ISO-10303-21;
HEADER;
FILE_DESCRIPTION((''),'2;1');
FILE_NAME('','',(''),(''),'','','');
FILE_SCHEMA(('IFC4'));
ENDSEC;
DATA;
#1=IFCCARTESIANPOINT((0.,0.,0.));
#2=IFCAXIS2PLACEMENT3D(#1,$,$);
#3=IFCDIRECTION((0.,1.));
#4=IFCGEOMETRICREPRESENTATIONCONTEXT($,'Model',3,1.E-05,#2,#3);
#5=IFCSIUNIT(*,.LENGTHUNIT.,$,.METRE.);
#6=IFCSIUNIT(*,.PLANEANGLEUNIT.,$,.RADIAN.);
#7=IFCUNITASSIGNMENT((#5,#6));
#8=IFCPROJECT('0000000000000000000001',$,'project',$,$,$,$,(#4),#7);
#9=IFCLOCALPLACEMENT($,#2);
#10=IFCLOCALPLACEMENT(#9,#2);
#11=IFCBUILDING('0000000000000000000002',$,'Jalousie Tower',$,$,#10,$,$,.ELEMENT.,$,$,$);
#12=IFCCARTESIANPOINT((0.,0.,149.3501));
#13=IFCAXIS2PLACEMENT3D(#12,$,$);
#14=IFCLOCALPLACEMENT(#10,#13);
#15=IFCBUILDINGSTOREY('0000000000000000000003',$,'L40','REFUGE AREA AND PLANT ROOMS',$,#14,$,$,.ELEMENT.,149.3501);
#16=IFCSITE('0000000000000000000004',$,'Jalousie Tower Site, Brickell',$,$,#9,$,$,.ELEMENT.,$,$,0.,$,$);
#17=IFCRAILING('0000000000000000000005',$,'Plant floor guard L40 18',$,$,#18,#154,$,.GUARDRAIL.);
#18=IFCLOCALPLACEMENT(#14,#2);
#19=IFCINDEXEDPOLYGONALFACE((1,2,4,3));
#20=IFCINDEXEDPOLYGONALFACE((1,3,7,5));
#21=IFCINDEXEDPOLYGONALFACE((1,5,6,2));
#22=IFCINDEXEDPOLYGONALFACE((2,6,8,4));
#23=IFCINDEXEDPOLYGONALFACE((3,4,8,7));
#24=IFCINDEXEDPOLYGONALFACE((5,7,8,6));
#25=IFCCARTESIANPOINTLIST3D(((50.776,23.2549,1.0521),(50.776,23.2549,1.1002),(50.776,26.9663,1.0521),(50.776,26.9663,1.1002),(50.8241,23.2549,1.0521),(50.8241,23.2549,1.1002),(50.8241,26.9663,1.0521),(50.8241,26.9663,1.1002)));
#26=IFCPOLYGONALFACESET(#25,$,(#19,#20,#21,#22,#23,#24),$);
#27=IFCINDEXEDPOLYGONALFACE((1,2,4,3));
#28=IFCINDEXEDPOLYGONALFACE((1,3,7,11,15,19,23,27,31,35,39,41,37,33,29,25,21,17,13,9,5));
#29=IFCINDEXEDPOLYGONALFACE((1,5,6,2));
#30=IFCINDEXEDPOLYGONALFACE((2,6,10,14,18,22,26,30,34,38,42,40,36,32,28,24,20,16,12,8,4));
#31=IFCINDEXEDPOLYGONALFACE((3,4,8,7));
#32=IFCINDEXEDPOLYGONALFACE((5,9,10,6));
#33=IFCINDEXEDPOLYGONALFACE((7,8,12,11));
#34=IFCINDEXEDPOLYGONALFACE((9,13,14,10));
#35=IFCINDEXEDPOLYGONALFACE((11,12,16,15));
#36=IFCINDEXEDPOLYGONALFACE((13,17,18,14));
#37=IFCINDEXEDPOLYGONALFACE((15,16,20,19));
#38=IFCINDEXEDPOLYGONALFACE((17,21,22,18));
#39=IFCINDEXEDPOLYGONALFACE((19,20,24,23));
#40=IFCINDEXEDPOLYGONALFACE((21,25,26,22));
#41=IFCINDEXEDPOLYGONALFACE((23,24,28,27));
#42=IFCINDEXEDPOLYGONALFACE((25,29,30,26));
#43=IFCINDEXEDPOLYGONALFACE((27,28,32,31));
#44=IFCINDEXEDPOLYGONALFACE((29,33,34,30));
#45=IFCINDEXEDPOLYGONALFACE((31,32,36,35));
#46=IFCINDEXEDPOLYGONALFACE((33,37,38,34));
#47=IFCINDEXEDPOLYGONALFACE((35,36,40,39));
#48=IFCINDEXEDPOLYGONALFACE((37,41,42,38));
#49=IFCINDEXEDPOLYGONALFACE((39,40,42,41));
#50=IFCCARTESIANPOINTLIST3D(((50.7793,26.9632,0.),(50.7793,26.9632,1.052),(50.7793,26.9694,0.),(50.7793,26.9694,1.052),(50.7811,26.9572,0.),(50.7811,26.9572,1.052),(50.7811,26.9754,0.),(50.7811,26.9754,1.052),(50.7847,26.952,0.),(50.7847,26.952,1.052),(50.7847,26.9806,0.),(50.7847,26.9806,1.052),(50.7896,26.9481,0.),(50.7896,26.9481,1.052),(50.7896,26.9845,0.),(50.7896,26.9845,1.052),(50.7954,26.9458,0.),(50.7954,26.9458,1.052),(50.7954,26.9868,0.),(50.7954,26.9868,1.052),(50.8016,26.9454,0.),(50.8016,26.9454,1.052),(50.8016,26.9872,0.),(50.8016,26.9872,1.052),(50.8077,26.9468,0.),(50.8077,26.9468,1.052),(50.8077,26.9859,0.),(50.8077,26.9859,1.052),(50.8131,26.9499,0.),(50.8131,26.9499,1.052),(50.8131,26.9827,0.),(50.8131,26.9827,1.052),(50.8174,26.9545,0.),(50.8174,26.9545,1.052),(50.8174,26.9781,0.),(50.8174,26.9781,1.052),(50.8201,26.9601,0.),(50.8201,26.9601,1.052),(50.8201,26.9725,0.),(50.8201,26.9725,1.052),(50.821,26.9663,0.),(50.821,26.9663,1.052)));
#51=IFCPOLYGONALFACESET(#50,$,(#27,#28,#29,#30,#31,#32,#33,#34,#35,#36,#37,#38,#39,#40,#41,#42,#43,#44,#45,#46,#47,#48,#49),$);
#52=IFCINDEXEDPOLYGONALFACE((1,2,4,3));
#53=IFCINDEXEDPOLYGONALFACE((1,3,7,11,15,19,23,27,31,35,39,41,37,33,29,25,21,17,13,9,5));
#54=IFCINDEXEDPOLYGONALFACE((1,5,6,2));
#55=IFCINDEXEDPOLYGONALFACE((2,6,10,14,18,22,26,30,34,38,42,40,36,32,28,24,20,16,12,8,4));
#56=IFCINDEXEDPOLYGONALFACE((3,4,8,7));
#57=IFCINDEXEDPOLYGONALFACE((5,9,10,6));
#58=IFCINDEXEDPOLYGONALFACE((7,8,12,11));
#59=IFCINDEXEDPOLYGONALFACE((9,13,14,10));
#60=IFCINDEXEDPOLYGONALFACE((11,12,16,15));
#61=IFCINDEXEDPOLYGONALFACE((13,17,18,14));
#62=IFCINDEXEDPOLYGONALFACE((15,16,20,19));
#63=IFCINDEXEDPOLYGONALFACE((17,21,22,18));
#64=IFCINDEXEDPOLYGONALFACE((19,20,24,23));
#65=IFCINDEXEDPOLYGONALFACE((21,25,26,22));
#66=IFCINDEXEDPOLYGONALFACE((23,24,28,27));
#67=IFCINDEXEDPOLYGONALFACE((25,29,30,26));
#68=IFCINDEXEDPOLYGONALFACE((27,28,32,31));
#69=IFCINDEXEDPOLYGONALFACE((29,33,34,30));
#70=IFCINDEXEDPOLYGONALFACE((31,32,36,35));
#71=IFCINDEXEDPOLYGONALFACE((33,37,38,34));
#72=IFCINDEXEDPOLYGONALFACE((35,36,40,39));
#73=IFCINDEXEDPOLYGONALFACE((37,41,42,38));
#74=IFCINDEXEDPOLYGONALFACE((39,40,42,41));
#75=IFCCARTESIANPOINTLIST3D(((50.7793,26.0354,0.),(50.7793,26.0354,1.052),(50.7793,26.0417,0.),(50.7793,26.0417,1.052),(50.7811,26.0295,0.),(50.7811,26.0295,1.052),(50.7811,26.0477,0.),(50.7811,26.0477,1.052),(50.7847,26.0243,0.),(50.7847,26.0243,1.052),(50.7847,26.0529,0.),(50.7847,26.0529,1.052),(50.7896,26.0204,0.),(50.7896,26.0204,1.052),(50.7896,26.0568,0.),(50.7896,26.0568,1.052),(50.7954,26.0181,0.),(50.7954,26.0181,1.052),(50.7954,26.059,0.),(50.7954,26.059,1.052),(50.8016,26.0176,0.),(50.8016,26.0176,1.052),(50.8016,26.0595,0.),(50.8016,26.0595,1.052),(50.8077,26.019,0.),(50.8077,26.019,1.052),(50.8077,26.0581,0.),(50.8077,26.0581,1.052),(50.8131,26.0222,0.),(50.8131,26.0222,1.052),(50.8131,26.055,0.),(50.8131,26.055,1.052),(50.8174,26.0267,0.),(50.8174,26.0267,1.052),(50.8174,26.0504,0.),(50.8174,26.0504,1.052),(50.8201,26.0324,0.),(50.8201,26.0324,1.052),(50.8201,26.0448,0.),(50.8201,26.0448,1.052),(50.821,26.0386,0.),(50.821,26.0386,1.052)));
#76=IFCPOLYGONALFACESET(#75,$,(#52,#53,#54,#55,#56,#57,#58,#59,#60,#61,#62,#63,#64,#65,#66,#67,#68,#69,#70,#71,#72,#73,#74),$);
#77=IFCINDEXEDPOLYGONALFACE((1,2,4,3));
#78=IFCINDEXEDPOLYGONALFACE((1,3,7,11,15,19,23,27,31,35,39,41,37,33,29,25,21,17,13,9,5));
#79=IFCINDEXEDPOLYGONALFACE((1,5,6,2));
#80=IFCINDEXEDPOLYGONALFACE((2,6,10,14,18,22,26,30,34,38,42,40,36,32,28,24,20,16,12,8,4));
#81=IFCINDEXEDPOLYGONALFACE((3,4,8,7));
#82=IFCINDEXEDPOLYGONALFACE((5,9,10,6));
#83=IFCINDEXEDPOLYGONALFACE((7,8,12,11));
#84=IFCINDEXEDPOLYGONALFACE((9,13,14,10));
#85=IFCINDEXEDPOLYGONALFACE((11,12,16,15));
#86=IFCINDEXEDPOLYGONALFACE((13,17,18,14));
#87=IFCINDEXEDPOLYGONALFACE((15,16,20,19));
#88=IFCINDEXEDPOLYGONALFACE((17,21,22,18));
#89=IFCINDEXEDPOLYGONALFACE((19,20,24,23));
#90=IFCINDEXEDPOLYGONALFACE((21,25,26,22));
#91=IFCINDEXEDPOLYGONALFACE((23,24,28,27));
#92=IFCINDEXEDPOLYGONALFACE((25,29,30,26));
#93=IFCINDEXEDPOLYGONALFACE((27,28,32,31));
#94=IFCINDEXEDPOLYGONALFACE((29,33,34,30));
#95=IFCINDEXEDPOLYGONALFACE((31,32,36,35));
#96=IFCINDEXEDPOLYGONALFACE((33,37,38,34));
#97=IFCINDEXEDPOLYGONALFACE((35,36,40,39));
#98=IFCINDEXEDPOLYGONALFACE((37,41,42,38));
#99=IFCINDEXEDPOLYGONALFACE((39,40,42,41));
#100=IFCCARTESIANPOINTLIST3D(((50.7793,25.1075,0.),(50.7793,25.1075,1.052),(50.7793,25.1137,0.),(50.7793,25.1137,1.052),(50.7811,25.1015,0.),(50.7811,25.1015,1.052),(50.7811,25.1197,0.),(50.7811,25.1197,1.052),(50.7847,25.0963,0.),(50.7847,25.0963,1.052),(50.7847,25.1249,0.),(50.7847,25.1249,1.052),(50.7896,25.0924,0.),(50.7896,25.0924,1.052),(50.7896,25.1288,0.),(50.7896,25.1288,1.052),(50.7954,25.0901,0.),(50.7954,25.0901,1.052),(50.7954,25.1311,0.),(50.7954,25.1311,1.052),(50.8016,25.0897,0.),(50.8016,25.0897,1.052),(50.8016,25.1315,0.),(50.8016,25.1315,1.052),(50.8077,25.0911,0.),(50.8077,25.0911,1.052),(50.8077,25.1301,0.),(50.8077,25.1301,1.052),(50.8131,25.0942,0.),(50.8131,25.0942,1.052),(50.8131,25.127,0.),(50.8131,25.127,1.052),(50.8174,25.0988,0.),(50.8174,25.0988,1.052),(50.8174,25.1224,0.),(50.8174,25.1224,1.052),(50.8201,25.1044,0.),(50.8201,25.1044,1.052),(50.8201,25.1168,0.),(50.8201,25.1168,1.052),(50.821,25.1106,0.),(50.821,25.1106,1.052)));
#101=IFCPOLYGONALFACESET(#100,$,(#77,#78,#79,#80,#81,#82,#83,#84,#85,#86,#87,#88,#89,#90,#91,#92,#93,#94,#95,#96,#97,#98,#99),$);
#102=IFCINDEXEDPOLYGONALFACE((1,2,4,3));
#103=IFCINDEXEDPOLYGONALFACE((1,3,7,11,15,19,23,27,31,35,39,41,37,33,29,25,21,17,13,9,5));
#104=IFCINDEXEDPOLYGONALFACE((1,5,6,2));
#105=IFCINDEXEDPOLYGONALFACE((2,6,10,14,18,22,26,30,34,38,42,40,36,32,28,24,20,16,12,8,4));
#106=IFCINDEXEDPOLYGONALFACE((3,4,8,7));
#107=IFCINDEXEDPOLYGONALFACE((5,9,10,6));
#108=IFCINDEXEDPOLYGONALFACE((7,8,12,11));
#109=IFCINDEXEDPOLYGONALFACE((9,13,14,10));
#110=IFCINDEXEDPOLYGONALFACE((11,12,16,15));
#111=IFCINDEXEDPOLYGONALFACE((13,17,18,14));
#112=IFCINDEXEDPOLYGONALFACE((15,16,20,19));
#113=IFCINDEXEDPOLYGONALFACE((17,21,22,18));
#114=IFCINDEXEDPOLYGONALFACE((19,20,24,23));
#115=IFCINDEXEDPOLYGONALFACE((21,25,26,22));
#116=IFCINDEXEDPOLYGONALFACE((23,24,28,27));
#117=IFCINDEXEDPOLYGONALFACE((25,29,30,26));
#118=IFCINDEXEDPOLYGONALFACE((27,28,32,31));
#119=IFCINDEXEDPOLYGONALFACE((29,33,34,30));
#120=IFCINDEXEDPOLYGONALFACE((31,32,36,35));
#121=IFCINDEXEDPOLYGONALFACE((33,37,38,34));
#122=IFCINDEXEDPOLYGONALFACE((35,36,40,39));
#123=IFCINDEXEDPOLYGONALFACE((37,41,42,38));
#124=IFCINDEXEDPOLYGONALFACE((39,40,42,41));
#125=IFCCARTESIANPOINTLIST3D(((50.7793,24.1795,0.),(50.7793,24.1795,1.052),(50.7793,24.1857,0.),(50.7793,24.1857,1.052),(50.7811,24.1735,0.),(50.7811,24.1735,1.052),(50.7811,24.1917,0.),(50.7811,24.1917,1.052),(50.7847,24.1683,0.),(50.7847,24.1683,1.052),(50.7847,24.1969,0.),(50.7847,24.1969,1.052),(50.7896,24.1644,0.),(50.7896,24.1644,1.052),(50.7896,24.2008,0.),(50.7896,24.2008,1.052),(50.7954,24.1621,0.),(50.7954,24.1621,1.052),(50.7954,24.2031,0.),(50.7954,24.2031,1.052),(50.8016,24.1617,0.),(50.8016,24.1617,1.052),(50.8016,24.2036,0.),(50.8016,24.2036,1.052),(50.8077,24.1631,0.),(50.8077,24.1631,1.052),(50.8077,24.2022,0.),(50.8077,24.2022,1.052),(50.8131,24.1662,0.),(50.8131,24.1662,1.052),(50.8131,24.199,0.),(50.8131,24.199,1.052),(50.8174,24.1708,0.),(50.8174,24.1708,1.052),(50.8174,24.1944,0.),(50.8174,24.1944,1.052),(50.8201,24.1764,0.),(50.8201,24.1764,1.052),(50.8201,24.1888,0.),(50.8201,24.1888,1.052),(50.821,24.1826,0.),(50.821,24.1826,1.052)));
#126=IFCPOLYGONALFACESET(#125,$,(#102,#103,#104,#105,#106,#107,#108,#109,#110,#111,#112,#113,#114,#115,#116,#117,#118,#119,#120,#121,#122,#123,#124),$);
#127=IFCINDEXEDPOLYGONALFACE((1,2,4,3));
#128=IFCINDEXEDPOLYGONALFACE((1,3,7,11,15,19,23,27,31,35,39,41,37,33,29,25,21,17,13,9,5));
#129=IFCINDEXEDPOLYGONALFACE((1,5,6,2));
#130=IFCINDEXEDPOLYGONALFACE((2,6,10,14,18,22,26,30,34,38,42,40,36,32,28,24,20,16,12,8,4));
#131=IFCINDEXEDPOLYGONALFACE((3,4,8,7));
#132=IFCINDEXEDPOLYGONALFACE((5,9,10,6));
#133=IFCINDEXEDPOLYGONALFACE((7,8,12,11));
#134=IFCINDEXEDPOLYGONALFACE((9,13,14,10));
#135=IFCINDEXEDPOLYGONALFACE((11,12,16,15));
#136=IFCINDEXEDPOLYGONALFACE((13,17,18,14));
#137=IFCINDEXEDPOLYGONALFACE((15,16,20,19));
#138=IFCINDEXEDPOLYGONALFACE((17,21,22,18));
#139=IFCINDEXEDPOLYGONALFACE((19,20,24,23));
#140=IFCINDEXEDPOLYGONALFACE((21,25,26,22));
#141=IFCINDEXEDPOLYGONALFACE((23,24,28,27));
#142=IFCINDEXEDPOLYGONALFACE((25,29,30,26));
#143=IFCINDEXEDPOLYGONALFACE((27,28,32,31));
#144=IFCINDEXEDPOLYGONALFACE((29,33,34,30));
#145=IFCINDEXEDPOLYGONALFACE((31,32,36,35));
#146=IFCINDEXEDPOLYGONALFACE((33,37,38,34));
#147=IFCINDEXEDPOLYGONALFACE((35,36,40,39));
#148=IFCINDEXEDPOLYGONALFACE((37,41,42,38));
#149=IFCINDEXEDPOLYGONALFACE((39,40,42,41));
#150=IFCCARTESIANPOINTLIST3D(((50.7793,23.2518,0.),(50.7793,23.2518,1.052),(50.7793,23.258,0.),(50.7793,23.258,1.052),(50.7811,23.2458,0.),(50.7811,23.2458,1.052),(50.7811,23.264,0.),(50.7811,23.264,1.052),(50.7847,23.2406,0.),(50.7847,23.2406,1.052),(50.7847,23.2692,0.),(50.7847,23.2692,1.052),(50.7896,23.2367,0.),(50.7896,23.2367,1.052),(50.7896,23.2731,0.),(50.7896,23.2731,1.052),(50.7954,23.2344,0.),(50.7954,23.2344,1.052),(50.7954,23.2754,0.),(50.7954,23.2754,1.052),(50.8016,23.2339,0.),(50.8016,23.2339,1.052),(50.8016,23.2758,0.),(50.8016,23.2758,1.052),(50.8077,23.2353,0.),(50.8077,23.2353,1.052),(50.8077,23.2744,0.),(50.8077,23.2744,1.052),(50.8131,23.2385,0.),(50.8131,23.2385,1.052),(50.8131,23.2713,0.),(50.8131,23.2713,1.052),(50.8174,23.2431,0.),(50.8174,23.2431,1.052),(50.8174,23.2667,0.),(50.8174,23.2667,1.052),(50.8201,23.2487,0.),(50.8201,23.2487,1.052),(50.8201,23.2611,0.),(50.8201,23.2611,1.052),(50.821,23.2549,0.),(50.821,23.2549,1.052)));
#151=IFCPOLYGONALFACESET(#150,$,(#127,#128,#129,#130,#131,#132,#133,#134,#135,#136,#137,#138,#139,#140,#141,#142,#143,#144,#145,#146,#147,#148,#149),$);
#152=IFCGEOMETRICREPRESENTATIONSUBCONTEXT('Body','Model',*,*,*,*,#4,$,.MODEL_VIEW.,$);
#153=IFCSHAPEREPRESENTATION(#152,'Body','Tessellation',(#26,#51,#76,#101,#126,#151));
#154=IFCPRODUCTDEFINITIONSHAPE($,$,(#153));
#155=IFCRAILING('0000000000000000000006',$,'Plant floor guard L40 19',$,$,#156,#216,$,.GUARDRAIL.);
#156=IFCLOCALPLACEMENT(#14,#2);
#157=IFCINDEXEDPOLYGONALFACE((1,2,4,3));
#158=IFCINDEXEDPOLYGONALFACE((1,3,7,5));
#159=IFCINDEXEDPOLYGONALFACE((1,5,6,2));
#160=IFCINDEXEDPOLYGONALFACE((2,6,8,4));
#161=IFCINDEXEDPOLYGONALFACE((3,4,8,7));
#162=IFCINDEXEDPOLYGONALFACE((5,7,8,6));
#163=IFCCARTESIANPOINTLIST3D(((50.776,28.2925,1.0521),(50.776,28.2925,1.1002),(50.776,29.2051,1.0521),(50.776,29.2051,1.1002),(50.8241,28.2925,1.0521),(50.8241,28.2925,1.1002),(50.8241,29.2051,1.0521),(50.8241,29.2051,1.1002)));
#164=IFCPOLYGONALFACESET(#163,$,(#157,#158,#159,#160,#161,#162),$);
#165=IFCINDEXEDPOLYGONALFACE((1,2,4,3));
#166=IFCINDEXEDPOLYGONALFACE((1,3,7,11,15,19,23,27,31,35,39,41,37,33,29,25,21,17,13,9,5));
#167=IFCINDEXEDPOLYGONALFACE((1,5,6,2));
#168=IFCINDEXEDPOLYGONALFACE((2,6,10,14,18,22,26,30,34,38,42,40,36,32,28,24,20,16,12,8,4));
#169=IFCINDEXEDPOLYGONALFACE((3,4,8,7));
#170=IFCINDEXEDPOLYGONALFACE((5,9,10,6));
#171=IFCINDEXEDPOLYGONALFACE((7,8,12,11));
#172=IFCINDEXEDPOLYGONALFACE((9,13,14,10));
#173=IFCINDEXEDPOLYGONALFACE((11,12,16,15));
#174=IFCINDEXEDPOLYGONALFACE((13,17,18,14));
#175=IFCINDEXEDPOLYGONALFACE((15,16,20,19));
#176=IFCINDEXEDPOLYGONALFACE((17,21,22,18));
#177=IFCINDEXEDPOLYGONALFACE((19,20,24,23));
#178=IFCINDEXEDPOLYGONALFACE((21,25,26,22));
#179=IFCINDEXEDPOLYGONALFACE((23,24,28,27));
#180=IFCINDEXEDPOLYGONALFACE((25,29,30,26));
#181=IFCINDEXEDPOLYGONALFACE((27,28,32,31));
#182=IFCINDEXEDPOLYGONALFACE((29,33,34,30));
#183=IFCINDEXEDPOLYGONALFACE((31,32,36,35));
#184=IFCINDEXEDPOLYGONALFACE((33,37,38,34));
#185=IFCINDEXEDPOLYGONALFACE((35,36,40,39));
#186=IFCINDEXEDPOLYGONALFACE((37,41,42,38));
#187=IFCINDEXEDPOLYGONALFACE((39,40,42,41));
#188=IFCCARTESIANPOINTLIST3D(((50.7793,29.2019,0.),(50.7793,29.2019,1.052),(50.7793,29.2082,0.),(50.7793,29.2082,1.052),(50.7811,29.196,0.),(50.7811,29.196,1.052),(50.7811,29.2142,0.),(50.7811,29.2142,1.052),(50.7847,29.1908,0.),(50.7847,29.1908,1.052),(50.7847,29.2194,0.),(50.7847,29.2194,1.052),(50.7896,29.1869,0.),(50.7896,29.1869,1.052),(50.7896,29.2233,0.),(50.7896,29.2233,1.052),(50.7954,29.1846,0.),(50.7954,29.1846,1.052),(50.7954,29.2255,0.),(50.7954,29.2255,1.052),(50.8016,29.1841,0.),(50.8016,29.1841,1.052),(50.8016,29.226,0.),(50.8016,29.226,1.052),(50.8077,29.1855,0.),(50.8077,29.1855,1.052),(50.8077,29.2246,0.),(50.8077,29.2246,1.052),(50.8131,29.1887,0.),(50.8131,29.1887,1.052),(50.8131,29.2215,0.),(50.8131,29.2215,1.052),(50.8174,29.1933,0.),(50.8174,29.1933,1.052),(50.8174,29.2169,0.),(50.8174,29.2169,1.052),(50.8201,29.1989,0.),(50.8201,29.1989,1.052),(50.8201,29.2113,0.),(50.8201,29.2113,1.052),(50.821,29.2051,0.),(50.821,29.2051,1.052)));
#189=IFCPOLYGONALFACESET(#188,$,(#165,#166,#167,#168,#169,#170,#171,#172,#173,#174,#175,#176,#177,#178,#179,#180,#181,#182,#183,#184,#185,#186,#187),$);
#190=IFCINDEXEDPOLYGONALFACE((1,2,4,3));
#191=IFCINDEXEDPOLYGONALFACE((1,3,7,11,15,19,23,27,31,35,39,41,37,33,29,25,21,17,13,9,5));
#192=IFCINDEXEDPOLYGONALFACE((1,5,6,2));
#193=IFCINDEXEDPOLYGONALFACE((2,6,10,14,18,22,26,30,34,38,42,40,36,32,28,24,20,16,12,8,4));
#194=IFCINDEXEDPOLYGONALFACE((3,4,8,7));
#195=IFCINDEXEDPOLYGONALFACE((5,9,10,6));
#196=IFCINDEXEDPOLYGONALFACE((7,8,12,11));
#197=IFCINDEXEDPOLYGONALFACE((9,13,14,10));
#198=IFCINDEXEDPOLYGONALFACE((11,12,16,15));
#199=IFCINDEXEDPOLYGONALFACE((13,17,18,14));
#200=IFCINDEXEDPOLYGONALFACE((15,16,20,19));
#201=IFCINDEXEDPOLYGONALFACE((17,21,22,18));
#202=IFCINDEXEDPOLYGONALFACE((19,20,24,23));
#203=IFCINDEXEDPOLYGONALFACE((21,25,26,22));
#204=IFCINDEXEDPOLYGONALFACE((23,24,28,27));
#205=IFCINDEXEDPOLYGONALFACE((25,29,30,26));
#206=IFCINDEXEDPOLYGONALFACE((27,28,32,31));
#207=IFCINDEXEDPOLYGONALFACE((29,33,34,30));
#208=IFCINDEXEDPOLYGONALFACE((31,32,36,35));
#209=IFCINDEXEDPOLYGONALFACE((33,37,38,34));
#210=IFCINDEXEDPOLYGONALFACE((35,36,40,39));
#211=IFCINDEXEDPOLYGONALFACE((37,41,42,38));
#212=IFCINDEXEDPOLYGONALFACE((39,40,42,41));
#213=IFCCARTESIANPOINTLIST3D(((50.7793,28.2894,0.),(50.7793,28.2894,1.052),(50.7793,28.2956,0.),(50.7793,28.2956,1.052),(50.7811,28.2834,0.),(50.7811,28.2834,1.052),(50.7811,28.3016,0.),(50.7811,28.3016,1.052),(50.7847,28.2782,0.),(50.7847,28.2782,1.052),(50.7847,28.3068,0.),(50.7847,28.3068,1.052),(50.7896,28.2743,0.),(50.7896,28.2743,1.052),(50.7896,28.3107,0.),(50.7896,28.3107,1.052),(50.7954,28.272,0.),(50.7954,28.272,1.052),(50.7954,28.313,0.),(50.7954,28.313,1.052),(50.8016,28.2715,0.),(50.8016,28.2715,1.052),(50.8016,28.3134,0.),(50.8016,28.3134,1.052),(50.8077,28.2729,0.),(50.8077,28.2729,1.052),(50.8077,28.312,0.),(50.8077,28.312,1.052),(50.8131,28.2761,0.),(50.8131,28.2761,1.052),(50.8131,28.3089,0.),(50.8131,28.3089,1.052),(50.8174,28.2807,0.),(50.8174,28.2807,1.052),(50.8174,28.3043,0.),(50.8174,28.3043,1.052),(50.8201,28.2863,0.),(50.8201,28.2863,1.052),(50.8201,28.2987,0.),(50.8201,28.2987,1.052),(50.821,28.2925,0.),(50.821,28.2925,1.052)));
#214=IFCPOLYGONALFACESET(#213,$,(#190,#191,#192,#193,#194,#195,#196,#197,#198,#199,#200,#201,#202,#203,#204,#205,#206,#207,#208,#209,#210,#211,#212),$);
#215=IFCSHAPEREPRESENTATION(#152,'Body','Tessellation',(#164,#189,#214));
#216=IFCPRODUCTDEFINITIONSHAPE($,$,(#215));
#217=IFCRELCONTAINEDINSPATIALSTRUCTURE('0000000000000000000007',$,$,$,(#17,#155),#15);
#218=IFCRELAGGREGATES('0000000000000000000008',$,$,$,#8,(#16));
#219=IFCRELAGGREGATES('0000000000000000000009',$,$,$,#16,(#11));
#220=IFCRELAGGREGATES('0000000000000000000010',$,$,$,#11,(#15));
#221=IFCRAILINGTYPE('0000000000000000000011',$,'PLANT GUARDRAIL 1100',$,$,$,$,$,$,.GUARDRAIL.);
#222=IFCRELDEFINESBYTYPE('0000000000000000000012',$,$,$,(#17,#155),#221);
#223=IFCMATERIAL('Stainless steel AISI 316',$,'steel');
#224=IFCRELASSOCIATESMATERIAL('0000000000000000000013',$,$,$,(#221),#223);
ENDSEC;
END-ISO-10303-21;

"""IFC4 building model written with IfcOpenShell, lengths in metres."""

from ifc_helpers import new_model, si_unit, direction, frame, origin, origin_2d, place, context, subcontext, project, spatial, rectangle, circle, extrude, material, type_object, element, save


model = new_model("IFC4")

# Units and contexts
model_context = context("Model", 3, precision=1e-05, world=origin(), true_north=direction((0.0, 1.0)))
body_context = subcontext(model_context, "Body", "Model", "MODEL_VIEW")
ifc_project = project(units=[si_unit("LENGTHUNIT", "METRE"), si_unit("PLANEANGLEUNIT", "RADIAN")], contexts=[model_context])

# Site, building, storey
site_placement = place(None, origin())
site = spatial("IfcSite", under=ifc_project, at=site_placement, Name="Jalousie Tower Site, Brickell", CompositionType="ELEMENT", RefElevation=0.0)
building_placement = place(site_placement, origin())
building = spatial("IfcBuilding", under=site, at=building_placement, Name="Jalousie Tower", CompositionType="ELEMENT")
storey_placement = place(building_placement, frame((0.0, 0.0, 149.3501)))
storey = spatial("IfcBuildingStorey", under=building, at=storey_placement, Name="L40", Description="REFUGE AREA AND PLANT ROOMS", CompositionType="ELEMENT", Elevation=149.3501)

# Railings
ifc_material_1 = material(Name="Stainless steel AISI 316", Category="steel")
railing_type_1 = type_object("IfcRailingType", Name="PLANT GUARDRAIL 1100", PredefinedType="GUARDRAIL", material=ifc_material_1)
railing_1_placement = place(storey_placement, frame((50.8, 26.9663, 0.0)))
element("IfcRailing", 1, at=railing_1_placement, inside=storey, type_object=railing_type_1, Name="Plant floor guard L40 18", PredefinedType="GUARDRAIL", context=body_context, shape_type="SweptSolid", body=[
    extrude(rectangle(XDim=0.0481, YDim=0.0481, at=origin_2d()), frame((0.0, 0.0, 1.0762), z_axis=(0.0, -1.0, 0.0), x_axis=(1.0, 0.0, 0.0)), (0.0, 0.0, 1.0), 3.7114),
    extrude(circle(Radius=0.021, at=origin_2d()), origin(), (0.0, 0.0, 1.0), 1.052),
    extrude(circle(Radius=0.021, at=origin_2d()), frame((0.0, -0.9277, 0.0)), (0.0, 0.0, 1.0), 1.052),
    extrude(circle(Radius=0.021, at=origin_2d()), frame((0.0, -1.8557, 0.0)), (0.0, 0.0, 1.0), 1.052),
    extrude(circle(Radius=0.021, at=origin_2d()), frame((0.0, -2.7837, 0.0)), (0.0, 0.0, 1.0), 1.052),
    extrude(circle(Radius=0.021, at=origin_2d()), frame((0.0, -3.7114, 0.0)), (0.0, 0.0, 1.0), 1.052),
])
railing_2_placement = place(storey_placement, frame((50.8, 29.2051, 0.0)))
element("IfcRailing", 2, at=railing_2_placement, inside=storey, type_object=railing_type_1, Name="Plant floor guard L40 19", PredefinedType="GUARDRAIL", context=body_context, shape_type="SweptSolid", body=[
    extrude(rectangle(XDim=0.0481, YDim=0.0481, at=origin_2d()), frame((0.0, 0.0, 1.0762), z_axis=(0.0, -1.0, 0.0), x_axis=(1.0, 0.0, 0.0)), (0.0, 0.0, 1.0), 0.9126),
    extrude(circle(Radius=0.021, at=origin_2d()), origin(), (0.0, 0.0, 1.0), 1.052),
    extrude(circle(Radius=0.021, at=origin_2d()), frame((0.0, -0.9126, 0.0)), (0.0, 0.0, 1.0), 1.052),
])

save(model, "model.ifc")
